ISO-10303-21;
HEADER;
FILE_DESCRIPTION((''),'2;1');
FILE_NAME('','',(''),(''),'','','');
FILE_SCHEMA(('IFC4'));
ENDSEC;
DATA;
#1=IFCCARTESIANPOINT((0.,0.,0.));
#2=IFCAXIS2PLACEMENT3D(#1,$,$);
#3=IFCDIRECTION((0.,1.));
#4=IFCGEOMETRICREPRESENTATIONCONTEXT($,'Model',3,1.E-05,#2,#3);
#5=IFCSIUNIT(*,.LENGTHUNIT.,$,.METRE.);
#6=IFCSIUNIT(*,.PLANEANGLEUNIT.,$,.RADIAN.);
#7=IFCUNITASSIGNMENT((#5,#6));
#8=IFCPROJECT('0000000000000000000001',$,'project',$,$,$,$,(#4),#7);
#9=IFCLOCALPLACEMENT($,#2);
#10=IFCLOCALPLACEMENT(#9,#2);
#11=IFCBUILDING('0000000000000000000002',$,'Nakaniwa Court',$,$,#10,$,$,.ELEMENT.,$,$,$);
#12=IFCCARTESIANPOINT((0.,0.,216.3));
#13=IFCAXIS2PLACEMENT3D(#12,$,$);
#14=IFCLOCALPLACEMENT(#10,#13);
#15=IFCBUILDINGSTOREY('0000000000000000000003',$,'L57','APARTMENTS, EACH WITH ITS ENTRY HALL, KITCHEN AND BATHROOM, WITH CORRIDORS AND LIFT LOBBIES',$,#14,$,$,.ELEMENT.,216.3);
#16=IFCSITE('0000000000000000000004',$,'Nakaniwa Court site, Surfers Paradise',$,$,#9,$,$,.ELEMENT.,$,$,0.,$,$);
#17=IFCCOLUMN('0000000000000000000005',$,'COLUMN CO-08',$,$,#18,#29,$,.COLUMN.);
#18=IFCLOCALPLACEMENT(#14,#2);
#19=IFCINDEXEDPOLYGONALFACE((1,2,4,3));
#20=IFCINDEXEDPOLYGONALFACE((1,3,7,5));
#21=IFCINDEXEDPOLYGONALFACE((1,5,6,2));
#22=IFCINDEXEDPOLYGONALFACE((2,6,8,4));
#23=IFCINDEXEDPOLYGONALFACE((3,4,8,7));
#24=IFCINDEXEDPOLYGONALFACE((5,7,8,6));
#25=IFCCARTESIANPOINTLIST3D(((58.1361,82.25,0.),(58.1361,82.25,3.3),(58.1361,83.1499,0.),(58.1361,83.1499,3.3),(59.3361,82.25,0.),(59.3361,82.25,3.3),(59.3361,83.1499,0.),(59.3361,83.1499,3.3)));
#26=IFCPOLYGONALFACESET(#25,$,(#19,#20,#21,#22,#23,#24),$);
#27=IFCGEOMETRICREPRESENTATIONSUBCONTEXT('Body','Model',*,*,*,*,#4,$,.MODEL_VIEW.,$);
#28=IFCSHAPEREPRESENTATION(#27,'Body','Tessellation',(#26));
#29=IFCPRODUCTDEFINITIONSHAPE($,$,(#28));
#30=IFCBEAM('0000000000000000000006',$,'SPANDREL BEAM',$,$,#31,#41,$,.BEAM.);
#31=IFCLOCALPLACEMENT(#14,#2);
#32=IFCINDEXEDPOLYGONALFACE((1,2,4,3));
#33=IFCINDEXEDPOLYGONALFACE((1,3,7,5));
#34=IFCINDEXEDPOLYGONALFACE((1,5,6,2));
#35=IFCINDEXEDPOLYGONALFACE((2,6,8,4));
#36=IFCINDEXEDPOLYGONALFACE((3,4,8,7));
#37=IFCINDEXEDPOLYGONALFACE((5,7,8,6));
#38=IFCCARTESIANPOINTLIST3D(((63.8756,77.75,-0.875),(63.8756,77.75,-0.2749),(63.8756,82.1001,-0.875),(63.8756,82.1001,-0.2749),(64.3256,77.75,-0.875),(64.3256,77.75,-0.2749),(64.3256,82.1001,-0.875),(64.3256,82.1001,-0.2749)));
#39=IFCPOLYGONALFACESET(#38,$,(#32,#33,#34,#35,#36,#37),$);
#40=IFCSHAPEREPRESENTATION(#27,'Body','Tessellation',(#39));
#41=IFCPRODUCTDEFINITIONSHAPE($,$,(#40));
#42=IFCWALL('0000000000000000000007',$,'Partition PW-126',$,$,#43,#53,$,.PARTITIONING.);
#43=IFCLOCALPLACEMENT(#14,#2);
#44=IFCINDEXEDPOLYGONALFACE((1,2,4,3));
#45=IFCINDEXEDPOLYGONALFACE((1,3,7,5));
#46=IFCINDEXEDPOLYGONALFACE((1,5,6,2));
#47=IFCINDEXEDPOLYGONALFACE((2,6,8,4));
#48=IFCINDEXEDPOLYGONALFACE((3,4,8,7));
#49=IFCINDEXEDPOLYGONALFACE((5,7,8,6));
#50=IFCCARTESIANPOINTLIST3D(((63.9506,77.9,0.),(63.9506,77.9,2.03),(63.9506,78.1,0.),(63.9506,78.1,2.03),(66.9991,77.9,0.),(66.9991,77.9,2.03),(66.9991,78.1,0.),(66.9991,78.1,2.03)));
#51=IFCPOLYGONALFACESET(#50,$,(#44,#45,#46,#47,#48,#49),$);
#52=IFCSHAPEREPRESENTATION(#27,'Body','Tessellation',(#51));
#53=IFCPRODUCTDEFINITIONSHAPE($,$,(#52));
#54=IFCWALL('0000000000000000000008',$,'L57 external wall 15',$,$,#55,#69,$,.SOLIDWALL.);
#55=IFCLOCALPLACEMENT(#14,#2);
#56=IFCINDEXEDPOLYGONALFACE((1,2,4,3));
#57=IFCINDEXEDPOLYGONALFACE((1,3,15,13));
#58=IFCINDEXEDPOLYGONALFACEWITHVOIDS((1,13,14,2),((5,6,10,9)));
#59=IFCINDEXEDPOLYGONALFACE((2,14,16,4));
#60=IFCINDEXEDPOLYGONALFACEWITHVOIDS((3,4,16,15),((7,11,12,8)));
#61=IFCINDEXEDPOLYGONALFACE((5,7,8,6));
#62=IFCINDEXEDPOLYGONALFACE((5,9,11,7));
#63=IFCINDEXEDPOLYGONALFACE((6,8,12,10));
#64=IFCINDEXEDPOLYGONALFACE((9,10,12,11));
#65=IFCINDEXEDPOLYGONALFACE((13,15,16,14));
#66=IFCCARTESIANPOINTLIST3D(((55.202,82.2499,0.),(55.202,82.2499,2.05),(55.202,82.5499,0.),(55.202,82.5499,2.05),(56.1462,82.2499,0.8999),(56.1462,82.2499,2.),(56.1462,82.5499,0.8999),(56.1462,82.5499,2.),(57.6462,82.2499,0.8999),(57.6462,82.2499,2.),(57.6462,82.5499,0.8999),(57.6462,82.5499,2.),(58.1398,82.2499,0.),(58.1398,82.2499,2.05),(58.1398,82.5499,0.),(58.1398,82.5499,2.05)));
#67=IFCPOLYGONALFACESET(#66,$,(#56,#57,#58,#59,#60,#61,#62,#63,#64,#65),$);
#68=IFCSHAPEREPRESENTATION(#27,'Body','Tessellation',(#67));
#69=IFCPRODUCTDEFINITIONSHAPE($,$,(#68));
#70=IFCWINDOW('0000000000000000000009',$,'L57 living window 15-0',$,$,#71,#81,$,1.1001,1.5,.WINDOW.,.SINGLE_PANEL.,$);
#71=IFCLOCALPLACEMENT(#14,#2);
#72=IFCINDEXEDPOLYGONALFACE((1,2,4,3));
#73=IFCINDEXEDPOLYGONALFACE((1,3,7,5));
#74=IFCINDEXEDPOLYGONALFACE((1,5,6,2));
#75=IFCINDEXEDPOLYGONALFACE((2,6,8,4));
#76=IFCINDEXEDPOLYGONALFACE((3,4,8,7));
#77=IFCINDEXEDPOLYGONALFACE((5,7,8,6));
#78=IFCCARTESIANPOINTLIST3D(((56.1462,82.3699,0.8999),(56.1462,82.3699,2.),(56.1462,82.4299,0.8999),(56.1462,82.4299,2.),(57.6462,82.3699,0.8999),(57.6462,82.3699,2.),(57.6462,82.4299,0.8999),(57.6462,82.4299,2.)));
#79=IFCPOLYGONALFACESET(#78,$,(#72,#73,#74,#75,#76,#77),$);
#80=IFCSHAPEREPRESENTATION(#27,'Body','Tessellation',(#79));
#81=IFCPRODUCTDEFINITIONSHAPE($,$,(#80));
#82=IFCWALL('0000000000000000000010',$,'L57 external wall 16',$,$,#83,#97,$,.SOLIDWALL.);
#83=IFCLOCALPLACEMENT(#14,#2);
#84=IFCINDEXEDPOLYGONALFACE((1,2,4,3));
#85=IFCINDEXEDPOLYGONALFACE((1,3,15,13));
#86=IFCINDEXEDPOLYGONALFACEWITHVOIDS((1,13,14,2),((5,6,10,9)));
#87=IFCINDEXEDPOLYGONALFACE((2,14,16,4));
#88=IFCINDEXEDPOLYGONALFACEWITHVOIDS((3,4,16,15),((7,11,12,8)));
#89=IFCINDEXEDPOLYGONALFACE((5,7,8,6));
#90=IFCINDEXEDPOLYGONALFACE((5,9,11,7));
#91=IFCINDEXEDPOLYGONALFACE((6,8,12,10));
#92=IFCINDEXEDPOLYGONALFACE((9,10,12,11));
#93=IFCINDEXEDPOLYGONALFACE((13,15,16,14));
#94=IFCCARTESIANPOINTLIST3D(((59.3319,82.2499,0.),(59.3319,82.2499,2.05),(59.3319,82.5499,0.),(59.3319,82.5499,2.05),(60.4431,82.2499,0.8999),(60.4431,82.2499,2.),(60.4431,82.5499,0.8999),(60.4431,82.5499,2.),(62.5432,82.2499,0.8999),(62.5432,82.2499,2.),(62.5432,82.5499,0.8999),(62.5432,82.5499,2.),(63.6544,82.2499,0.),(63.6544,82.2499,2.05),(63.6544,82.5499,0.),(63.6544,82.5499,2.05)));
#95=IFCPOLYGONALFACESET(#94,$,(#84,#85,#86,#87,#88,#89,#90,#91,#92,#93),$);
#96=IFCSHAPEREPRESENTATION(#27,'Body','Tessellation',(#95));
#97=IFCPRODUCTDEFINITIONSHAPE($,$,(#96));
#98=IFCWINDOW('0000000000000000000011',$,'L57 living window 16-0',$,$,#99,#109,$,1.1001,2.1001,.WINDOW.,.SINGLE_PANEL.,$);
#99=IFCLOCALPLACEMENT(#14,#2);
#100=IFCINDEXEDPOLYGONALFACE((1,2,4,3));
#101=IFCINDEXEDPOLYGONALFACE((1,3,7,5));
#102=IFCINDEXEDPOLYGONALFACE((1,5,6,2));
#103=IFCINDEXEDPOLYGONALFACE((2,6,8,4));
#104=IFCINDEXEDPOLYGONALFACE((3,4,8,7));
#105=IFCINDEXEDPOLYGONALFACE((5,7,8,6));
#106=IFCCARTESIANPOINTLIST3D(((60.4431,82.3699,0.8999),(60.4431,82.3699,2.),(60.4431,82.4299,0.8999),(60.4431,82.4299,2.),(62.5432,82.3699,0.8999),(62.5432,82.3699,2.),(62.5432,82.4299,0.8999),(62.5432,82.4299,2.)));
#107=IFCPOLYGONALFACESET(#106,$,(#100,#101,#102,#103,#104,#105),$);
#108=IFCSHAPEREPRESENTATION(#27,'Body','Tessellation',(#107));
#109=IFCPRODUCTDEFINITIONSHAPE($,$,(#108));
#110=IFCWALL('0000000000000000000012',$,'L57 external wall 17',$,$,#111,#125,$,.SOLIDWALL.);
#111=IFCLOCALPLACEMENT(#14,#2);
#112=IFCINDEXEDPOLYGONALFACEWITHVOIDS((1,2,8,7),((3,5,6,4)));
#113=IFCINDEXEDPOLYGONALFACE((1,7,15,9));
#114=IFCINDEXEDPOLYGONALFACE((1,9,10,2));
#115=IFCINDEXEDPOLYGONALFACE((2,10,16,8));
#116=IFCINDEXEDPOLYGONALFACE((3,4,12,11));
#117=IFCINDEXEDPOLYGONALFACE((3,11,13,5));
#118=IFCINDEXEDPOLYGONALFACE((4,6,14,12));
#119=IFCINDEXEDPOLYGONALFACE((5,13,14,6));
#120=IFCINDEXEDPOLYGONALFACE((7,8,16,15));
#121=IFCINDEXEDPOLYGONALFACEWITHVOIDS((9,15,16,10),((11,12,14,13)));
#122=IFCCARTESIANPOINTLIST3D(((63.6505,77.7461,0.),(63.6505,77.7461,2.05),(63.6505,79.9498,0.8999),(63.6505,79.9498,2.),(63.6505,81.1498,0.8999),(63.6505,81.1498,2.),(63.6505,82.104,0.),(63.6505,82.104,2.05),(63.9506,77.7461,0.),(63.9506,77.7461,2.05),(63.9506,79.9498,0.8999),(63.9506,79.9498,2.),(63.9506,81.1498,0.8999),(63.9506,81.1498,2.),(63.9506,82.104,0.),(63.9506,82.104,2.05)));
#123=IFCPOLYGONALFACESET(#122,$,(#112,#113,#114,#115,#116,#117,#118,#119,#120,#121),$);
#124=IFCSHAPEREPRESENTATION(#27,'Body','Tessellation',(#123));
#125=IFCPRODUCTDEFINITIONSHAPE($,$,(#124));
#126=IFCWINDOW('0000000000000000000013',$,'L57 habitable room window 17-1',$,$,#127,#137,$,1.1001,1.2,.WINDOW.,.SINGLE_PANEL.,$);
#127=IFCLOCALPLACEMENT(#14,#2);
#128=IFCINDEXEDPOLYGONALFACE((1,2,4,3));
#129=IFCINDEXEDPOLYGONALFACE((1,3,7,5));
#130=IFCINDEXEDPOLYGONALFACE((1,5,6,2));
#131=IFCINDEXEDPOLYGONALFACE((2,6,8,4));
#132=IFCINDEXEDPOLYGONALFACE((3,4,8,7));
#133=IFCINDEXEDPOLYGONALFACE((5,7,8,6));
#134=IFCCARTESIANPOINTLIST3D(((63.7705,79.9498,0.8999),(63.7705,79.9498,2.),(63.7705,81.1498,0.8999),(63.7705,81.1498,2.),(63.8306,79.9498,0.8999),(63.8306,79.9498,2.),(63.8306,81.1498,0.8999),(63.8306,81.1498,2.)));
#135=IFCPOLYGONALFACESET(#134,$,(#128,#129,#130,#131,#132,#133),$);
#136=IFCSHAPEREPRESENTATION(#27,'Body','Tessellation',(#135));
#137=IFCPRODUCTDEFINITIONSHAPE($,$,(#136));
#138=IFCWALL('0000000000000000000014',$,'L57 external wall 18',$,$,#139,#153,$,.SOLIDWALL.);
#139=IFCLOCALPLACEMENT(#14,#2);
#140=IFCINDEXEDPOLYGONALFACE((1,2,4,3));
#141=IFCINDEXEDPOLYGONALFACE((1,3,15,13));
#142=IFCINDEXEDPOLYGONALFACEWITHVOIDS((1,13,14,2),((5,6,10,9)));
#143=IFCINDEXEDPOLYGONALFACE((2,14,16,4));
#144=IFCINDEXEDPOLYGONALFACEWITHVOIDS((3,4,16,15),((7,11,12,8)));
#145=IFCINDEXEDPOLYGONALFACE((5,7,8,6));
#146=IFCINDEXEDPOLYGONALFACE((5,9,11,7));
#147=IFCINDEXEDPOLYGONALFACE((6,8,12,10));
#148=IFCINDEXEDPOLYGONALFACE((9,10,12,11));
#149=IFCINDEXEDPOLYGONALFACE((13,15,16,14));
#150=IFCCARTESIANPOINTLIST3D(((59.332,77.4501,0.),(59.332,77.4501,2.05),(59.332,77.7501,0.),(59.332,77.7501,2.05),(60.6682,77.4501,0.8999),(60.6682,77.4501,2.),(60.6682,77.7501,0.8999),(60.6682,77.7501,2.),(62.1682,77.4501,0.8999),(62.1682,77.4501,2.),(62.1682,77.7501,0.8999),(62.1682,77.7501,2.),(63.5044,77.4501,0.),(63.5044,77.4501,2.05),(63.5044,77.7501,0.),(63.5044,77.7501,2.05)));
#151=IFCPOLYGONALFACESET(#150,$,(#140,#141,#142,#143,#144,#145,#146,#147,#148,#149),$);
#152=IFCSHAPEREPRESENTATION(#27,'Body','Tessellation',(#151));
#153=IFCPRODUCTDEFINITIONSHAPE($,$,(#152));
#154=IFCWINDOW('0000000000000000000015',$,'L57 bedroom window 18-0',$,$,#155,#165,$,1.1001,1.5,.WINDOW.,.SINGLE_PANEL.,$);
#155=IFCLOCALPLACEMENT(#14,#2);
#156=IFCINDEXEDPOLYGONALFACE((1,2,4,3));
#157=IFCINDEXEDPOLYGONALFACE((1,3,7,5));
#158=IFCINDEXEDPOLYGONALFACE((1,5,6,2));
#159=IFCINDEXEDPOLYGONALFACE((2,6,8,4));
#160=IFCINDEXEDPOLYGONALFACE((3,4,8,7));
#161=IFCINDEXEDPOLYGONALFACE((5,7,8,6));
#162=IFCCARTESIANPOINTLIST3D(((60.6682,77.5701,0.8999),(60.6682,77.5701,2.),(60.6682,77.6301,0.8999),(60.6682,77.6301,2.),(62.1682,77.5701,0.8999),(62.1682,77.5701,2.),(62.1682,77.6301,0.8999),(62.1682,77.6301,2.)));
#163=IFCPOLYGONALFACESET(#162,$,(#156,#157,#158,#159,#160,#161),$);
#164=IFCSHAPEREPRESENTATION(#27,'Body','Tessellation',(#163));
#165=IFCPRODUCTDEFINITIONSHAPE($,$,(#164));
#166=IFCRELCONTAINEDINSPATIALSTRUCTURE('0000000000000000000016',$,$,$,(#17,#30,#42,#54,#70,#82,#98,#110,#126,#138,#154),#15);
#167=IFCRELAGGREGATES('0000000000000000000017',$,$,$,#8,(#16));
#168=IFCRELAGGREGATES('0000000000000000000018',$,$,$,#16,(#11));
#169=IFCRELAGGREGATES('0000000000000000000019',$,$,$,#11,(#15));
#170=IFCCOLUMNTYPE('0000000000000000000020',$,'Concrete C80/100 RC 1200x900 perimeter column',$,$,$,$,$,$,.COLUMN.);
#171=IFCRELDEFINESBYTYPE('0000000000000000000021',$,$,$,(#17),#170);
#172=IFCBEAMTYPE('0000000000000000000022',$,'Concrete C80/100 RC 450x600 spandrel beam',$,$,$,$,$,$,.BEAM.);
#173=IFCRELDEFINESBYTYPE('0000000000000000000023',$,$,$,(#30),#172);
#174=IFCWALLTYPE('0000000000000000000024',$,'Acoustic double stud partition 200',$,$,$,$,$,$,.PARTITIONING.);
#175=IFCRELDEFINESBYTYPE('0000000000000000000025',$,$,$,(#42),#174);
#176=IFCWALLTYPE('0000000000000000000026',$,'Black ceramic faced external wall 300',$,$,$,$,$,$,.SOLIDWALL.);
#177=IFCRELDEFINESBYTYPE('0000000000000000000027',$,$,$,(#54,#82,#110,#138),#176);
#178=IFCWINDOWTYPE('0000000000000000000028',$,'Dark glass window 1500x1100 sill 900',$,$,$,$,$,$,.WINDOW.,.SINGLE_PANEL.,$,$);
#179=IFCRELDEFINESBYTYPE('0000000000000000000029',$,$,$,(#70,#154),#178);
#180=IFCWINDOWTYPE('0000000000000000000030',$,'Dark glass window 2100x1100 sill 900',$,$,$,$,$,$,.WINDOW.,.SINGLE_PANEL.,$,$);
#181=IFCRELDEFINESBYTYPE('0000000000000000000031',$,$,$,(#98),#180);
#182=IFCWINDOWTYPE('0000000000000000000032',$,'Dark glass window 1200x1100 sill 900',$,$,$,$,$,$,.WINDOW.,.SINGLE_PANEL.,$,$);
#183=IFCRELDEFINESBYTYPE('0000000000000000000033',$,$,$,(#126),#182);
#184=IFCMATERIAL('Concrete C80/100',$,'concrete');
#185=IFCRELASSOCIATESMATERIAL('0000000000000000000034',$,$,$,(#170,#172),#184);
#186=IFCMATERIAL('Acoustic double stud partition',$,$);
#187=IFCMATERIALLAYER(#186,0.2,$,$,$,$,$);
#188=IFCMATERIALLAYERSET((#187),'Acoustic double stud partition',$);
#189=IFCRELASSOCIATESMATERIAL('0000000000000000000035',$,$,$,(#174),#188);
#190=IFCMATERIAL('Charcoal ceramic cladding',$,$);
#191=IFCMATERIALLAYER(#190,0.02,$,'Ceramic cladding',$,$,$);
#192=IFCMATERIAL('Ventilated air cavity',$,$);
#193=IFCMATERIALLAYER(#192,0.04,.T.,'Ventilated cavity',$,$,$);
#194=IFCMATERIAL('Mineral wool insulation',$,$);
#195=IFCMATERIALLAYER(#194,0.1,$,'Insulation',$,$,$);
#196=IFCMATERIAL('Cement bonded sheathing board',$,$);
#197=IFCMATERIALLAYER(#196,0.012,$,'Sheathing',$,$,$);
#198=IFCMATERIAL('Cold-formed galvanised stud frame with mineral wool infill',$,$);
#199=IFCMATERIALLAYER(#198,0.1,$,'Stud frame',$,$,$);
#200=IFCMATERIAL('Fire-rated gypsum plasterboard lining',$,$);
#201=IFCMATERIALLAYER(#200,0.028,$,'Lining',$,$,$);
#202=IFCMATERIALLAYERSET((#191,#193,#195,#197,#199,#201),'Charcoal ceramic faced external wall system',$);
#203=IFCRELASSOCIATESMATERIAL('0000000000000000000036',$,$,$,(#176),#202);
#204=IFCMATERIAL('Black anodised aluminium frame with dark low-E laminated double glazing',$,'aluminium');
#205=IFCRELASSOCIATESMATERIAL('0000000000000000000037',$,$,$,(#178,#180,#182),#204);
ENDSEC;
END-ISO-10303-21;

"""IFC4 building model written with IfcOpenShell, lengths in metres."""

from ifc_helpers import new_model, si_unit, direction, frame, frame_2d, origin, origin_2d, place, context, subcontext, project, spatial, rectangle, extrude, material, layer, layer_set, material_profile, profile_set, type_object, element, fill, save


model = new_model("IFC4")

# Units and contexts
model_context = context("Model", 3, precision=1e-05, world=origin(), true_north=direction((0.0, 1.0)))
body_context = subcontext(model_context, "Body", "Model", "MODEL_VIEW")
ifc_project = project(units=[si_unit("LENGTHUNIT", "METRE"), si_unit("PLANEANGLEUNIT", "RADIAN")], contexts=[model_context])

# Site, building, storey
site_placement = place(None, origin())
site = spatial("IfcSite", under=ifc_project, at=site_placement, Name="Nakaniwa Court site, Surfers Paradise", CompositionType="ELEMENT", RefElevation=0.0)
building_placement = place(site_placement, origin())
building = spatial("IfcBuilding", under=site, at=building_placement, Name="Nakaniwa Court", CompositionType="ELEMENT")
storey_placement = place(building_placement, frame((0.0, 0.0, 216.3)))
storey = spatial("IfcBuildingStorey", under=building, at=storey_placement, Name="L57", Description="APARTMENTS, EACH WITH ITS ENTRY HALL, KITCHEN AND BATHROOM, WITH CORRIDORS AND LIFT LOBBIES", CompositionType="ELEMENT", Elevation=216.3)

# Column
ifc_material_1 = material(Name="Concrete C80/100", Category="concrete")
ifc_material_profile_1 = material_profile(ifc_material_1, rectangle(XDim=1.2, YDim=0.8999, at=origin_2d()), Name="Concrete C80/100 RC 1200x900 perimeter column")
ifc_profile_set_1 = profile_set([ifc_material_profile_1], Name="Concrete C80/100")
column_type = type_object("IfcColumnType", Name="Concrete C80/100 RC 1200x900 perimeter column", PredefinedType="COLUMN", material=ifc_profile_set_1)
column_placement = place(storey_placement, frame((58.7361, 82.7, 0.0), z_axis=(0.0, 0.0, 1.0), x_axis=(1.0, 0.0, 0.0)))
element("IfcColumn", 1, at=column_placement, inside=storey, type_object=column_type, Name="COLUMN CO-08", PredefinedType="COLUMN", context=body_context, shape_type="SweptSolid", body=[
    extrude(rectangle(XDim=1.2, YDim=0.8999, at=origin_2d()), origin(), (0.0, 0.0, 1.0), 3.3),
])

# Beam
ifc_material_profile_2 = material_profile(ifc_material_1, rectangle(XDim=0.45, YDim=0.6001, at=origin_2d()), Name="Concrete C80/100 RC 450x600 spandrel beam")
ifc_profile_set_2 = profile_set([ifc_material_profile_2], Name="Concrete C80/100")
beam_type = type_object("IfcBeamType", Name="Concrete C80/100 RC 450x600 spandrel beam", PredefinedType="BEAM", material=ifc_profile_set_2)
beam_placement = place(storey_placement, frame((64.1006, 82.1001, -0.575), z_axis=(0.0, -1.0, 0.0), x_axis=(1.0, 0.0, 0.0)))
element("IfcBeam", 2, at=beam_placement, inside=storey, type_object=beam_type, Name="SPANDREL BEAM", PredefinedType="BEAM", context=body_context, shape_type="SweptSolid", body=[
    extrude(rectangle(XDim=0.45, YDim=0.6001, at=origin_2d()), origin(), (0.0, 0.0, 1.0), 4.3501),
])

# Wall
ifc_material_2 = material(Name="Acoustic double stud partition")
ifc_layer_1 = layer(ifc_material_2, 0.2)
ifc_layer_set_1 = layer_set([ifc_layer_1], Name="Acoustic double stud partition")
wall_type_1 = type_object("IfcWallType", Name="Acoustic double stud partition 200", PredefinedType="PARTITIONING", material=ifc_layer_set_1)
wall_1_placement = place(storey_placement, frame((63.9504, 78.0, 0.0), z_axis=(0.0, 0.0, 1.0), x_axis=(1.0, 0.0, 0.0)))
element("IfcWall", 3, at=wall_1_placement, inside=storey, type_object=wall_type_1, Name="Partition PW-126", PredefinedType="PARTITIONING", context=body_context, shape_type="SweptSolid", body=[
    extrude(rectangle(XDim=3.0486, YDim=0.2, at=frame_2d((1.5244, 0.0))), origin(), (0.0, 0.0, 1.0), 2.03),
])

# Walls, openings, windows
ifc_material_3 = material(Name="Charcoal ceramic cladding")
ifc_layer_2 = layer(ifc_material_3, 0.02, Name="Ceramic cladding")
ifc_material_4 = material(Name="Ventilated air cavity")
ifc_layer_3 = layer(ifc_material_4, 0.04, ventilated=True, Name="Ventilated cavity")
ifc_material_5 = material(Name="Mineral wool insulation")
ifc_layer_4 = layer(ifc_material_5, 0.1, Name="Insulation")
ifc_material_6 = material(Name="Cement bonded sheathing board")
ifc_layer_5 = layer(ifc_material_6, 0.012, Name="Sheathing")
ifc_material_7 = material(Name="Cold-formed galvanised stud frame with mineral wool infill")
ifc_layer_6 = layer(ifc_material_7, 0.1, Name="Stud frame")
ifc_material_8 = material(Name="Fire-rated gypsum plasterboard lining")
ifc_layer_7 = layer(ifc_material_8, 0.028, Name="Lining")
ifc_layer_set_2 = layer_set([ifc_layer_2, ifc_layer_3, ifc_layer_4, ifc_layer_5, ifc_layer_6, ifc_layer_7], Name="Charcoal ceramic faced external wall system")
wall_type_2 = type_object("IfcWallType", Name="Black ceramic faced external wall 300", PredefinedType="SOLIDWALL", material=ifc_layer_set_2)
wall_2_placement = place(storey_placement, frame((55.2021, 82.3999, 0.0), z_axis=(0.0, 0.0, 1.0), x_axis=(1.0, 0.0, 0.0)))
wall_2 = element("IfcWall", 4, at=wall_2_placement, inside=storey, type_object=wall_type_2, Name="L57 external wall 15", PredefinedType="SOLIDWALL", context=body_context, shape_type="SweptSolid", body=[
    extrude(rectangle(XDim=2.9377, YDim=0.3, at=frame_2d((1.4688, 0.0))), origin(), (0.0, 0.0, 1.0), 2.05),
])
opening_1_placement = place(wall_2_placement, frame((0.9441, 0.0, 0.8999)))
opening_1 = element("IfcOpeningElement", 5, at=opening_1_placement, cuts=wall_2, PredefinedType="OPENING", context=body_context, shape_type="SweptSolid", body=[
    extrude(rectangle(XDim=1.5, YDim=1.1001, at=frame_2d((0.75, 0.55))), frame((0.0, 0.1599, 0.0), z_axis=(0.0, -1.0, 0.0), x_axis=(1.0, 0.0, 0.0)), (0.0, 0.0, 1.0), 0.3201),
])
ifc_material_9 = material(Name="Black anodised aluminium frame with dark low-E laminated double glazing", Category="aluminium")
window_type_1 = type_object("IfcWindowType", Name="Dark glass window 1500x1100 sill 900", PartitioningType="SINGLE_PANEL", PredefinedType="WINDOW", material=ifc_material_9)
window_1_placement = place(opening_1_placement, origin())
window_1 = element("IfcWindow", 6, at=window_1_placement, inside=storey, type_object=window_type_1, Name="L57 living window 15-0", OverallHeight=1.1001, OverallWidth=1.5, PartitioningType="SINGLE_PANEL", PredefinedType="WINDOW", context=body_context, shape_type="SweptSolid", body=[
    extrude(rectangle(XDim=1.5, YDim=1.1001, at=frame_2d((0.75, 0.55))), frame((0.0, 0.03, 0.0), z_axis=(0.0, -1.0, 0.0), x_axis=(1.0, 0.0, 0.0)), (0.0, 0.0, 1.0), 0.0601),
])
fill(opening_1, window_1)
wall_3_placement = place(storey_placement, frame((59.332, 82.3999, 0.0), z_axis=(0.0, 0.0, 1.0), x_axis=(1.0, 0.0, 0.0)))
wall_3 = element("IfcWall", 7, at=wall_3_placement, inside=storey, type_object=wall_type_2, Name="L57 external wall 16", PredefinedType="SOLIDWALL", context=body_context, shape_type="SweptSolid", body=[
    extrude(rectangle(XDim=4.3225, YDim=0.3, at=frame_2d((2.1611, 0.0))), origin(), (0.0, 0.0, 1.0), 2.05),
])
opening_2_placement = place(wall_3_placement, frame((1.1111, 0.0, 0.8999)))
opening_2 = element("IfcOpeningElement", 8, at=opening_2_placement, cuts=wall_3, PredefinedType="OPENING", context=body_context, shape_type="SweptSolid", body=[
    extrude(rectangle(XDim=2.1001, YDim=1.1001, at=frame_2d((1.05, 0.55))), frame((0.0, 0.1599, 0.0), z_axis=(0.0, -1.0, 0.0), x_axis=(1.0, 0.0, 0.0)), (0.0, 0.0, 1.0), 0.3201),
])
window_type_2 = type_object("IfcWindowType", Name="Dark glass window 2100x1100 sill 900", PartitioningType="SINGLE_PANEL", PredefinedType="WINDOW", material=ifc_material_9)
window_2_placement = place(opening_2_placement, origin())
window_2 = element("IfcWindow", 9, at=window_2_placement, inside=storey, type_object=window_type_2, Name="L57 living window 16-0", OverallHeight=1.1001, OverallWidth=2.1001, PartitioningType="SINGLE_PANEL", PredefinedType="WINDOW", context=body_context, shape_type="SweptSolid", body=[
    extrude(rectangle(XDim=2.1001, YDim=1.1001, at=frame_2d((1.05, 0.55))), frame((0.0, 0.03, 0.0), z_axis=(0.0, -1.0, 0.0), x_axis=(1.0, 0.0, 0.0)), (0.0, 0.0, 1.0), 0.0601),
])
fill(opening_2, window_2)
wall_4_placement = place(storey_placement, frame((63.8005, 82.104, 0.0), z_axis=(0.0, 0.0, 1.0), x_axis=(0.0, -1.0, 0.0)))
wall_4 = element("IfcWall", 10, at=wall_4_placement, inside=storey, type_object=wall_type_2, Name="L57 external wall 17", PredefinedType="SOLIDWALL", context=body_context, shape_type="SweptSolid", body=[
    extrude(rectangle(XDim=4.3579, YDim=0.3, at=frame_2d((2.179, 0.0))), origin(), (0.0, 0.0, 1.0), 2.05),
])
opening_3_placement = place(wall_4_placement, frame((0.9541, 0.0, 0.8999)))
opening_3 = element("IfcOpeningElement", 11, at=opening_3_placement, cuts=wall_4, PredefinedType="OPENING", context=body_context, shape_type="SweptSolid", body=[
    extrude(rectangle(XDim=1.2, YDim=1.1001, at=frame_2d((0.6001, 0.55))), frame((0.0, 0.1599, 0.0), z_axis=(0.0, -1.0, 0.0), x_axis=(1.0, 0.0, 0.0)), (0.0, 0.0, 1.0), 0.3201),
])
window_type_3 = type_object("IfcWindowType", Name="Dark glass window 1200x1100 sill 900", PartitioningType="SINGLE_PANEL", PredefinedType="WINDOW", material=ifc_material_9)
window_3_placement = place(opening_3_placement, origin())
window_3 = element("IfcWindow", 12, at=window_3_placement, inside=storey, type_object=window_type_3, Name="L57 habitable room window 17-1", OverallHeight=1.1001, OverallWidth=1.2, PartitioningType="SINGLE_PANEL", PredefinedType="WINDOW", context=body_context, shape_type="SweptSolid", body=[
    extrude(rectangle(XDim=1.2, YDim=1.1001, at=frame_2d((0.6001, 0.55))), frame((0.0, 0.03, 0.0), z_axis=(0.0, -1.0, 0.0), x_axis=(1.0, 0.0, 0.0)), (0.0, 0.0, 1.0), 0.0601),
])
fill(opening_3, window_3)
wall_5_placement = place(storey_placement, frame((63.5044, 77.6001, 0.0), z_axis=(0.0, 0.0, 1.0), x_axis=(-1.0, 0.0, 0.0)))
wall_5 = element("IfcWall", 13, at=wall_5_placement, inside=storey, type_object=wall_type_2, Name="L57 external wall 18", PredefinedType="SOLIDWALL", context=body_context, shape_type="SweptSolid", body=[
    extrude(rectangle(XDim=4.1724, YDim=0.3, at=frame_2d((2.0862, 0.0))), origin(), (0.0, 0.0, 1.0), 2.05),
])
opening_4_placement = place(wall_5_placement, frame((1.3362, 0.0, 0.8999)))
opening_4 = element("IfcOpeningElement", 14, at=opening_4_placement, cuts=wall_5, PredefinedType="OPENING", context=body_context, shape_type="SweptSolid", body=[
    extrude(rectangle(XDim=1.5, YDim=1.1001, at=frame_2d((0.75, 0.55))), frame((0.0, 0.1599, 0.0), z_axis=(0.0, -1.0, 0.0), x_axis=(1.0, 0.0, 0.0)), (0.0, 0.0, 1.0), 0.3201),
])
window_4_placement = place(opening_4_placement, origin())
window_4 = element("IfcWindow", 15, at=window_4_placement, inside=storey, type_object=window_type_1, Name="L57 bedroom window 18-0", OverallHeight=1.1001, OverallWidth=1.5, PartitioningType="SINGLE_PANEL", PredefinedType="WINDOW", context=body_context, shape_type="SweptSolid", body=[
    extrude(rectangle(XDim=1.5, YDim=1.1001, at=frame_2d((0.75, 0.55))), frame((0.0, 0.03, 0.0), z_axis=(0.0, -1.0, 0.0), x_axis=(1.0, 0.0, 0.0)), (0.0, 0.0, 1.0), 0.0601),
])
fill(opening_4, window_4)

save(model, "model.ifc")
